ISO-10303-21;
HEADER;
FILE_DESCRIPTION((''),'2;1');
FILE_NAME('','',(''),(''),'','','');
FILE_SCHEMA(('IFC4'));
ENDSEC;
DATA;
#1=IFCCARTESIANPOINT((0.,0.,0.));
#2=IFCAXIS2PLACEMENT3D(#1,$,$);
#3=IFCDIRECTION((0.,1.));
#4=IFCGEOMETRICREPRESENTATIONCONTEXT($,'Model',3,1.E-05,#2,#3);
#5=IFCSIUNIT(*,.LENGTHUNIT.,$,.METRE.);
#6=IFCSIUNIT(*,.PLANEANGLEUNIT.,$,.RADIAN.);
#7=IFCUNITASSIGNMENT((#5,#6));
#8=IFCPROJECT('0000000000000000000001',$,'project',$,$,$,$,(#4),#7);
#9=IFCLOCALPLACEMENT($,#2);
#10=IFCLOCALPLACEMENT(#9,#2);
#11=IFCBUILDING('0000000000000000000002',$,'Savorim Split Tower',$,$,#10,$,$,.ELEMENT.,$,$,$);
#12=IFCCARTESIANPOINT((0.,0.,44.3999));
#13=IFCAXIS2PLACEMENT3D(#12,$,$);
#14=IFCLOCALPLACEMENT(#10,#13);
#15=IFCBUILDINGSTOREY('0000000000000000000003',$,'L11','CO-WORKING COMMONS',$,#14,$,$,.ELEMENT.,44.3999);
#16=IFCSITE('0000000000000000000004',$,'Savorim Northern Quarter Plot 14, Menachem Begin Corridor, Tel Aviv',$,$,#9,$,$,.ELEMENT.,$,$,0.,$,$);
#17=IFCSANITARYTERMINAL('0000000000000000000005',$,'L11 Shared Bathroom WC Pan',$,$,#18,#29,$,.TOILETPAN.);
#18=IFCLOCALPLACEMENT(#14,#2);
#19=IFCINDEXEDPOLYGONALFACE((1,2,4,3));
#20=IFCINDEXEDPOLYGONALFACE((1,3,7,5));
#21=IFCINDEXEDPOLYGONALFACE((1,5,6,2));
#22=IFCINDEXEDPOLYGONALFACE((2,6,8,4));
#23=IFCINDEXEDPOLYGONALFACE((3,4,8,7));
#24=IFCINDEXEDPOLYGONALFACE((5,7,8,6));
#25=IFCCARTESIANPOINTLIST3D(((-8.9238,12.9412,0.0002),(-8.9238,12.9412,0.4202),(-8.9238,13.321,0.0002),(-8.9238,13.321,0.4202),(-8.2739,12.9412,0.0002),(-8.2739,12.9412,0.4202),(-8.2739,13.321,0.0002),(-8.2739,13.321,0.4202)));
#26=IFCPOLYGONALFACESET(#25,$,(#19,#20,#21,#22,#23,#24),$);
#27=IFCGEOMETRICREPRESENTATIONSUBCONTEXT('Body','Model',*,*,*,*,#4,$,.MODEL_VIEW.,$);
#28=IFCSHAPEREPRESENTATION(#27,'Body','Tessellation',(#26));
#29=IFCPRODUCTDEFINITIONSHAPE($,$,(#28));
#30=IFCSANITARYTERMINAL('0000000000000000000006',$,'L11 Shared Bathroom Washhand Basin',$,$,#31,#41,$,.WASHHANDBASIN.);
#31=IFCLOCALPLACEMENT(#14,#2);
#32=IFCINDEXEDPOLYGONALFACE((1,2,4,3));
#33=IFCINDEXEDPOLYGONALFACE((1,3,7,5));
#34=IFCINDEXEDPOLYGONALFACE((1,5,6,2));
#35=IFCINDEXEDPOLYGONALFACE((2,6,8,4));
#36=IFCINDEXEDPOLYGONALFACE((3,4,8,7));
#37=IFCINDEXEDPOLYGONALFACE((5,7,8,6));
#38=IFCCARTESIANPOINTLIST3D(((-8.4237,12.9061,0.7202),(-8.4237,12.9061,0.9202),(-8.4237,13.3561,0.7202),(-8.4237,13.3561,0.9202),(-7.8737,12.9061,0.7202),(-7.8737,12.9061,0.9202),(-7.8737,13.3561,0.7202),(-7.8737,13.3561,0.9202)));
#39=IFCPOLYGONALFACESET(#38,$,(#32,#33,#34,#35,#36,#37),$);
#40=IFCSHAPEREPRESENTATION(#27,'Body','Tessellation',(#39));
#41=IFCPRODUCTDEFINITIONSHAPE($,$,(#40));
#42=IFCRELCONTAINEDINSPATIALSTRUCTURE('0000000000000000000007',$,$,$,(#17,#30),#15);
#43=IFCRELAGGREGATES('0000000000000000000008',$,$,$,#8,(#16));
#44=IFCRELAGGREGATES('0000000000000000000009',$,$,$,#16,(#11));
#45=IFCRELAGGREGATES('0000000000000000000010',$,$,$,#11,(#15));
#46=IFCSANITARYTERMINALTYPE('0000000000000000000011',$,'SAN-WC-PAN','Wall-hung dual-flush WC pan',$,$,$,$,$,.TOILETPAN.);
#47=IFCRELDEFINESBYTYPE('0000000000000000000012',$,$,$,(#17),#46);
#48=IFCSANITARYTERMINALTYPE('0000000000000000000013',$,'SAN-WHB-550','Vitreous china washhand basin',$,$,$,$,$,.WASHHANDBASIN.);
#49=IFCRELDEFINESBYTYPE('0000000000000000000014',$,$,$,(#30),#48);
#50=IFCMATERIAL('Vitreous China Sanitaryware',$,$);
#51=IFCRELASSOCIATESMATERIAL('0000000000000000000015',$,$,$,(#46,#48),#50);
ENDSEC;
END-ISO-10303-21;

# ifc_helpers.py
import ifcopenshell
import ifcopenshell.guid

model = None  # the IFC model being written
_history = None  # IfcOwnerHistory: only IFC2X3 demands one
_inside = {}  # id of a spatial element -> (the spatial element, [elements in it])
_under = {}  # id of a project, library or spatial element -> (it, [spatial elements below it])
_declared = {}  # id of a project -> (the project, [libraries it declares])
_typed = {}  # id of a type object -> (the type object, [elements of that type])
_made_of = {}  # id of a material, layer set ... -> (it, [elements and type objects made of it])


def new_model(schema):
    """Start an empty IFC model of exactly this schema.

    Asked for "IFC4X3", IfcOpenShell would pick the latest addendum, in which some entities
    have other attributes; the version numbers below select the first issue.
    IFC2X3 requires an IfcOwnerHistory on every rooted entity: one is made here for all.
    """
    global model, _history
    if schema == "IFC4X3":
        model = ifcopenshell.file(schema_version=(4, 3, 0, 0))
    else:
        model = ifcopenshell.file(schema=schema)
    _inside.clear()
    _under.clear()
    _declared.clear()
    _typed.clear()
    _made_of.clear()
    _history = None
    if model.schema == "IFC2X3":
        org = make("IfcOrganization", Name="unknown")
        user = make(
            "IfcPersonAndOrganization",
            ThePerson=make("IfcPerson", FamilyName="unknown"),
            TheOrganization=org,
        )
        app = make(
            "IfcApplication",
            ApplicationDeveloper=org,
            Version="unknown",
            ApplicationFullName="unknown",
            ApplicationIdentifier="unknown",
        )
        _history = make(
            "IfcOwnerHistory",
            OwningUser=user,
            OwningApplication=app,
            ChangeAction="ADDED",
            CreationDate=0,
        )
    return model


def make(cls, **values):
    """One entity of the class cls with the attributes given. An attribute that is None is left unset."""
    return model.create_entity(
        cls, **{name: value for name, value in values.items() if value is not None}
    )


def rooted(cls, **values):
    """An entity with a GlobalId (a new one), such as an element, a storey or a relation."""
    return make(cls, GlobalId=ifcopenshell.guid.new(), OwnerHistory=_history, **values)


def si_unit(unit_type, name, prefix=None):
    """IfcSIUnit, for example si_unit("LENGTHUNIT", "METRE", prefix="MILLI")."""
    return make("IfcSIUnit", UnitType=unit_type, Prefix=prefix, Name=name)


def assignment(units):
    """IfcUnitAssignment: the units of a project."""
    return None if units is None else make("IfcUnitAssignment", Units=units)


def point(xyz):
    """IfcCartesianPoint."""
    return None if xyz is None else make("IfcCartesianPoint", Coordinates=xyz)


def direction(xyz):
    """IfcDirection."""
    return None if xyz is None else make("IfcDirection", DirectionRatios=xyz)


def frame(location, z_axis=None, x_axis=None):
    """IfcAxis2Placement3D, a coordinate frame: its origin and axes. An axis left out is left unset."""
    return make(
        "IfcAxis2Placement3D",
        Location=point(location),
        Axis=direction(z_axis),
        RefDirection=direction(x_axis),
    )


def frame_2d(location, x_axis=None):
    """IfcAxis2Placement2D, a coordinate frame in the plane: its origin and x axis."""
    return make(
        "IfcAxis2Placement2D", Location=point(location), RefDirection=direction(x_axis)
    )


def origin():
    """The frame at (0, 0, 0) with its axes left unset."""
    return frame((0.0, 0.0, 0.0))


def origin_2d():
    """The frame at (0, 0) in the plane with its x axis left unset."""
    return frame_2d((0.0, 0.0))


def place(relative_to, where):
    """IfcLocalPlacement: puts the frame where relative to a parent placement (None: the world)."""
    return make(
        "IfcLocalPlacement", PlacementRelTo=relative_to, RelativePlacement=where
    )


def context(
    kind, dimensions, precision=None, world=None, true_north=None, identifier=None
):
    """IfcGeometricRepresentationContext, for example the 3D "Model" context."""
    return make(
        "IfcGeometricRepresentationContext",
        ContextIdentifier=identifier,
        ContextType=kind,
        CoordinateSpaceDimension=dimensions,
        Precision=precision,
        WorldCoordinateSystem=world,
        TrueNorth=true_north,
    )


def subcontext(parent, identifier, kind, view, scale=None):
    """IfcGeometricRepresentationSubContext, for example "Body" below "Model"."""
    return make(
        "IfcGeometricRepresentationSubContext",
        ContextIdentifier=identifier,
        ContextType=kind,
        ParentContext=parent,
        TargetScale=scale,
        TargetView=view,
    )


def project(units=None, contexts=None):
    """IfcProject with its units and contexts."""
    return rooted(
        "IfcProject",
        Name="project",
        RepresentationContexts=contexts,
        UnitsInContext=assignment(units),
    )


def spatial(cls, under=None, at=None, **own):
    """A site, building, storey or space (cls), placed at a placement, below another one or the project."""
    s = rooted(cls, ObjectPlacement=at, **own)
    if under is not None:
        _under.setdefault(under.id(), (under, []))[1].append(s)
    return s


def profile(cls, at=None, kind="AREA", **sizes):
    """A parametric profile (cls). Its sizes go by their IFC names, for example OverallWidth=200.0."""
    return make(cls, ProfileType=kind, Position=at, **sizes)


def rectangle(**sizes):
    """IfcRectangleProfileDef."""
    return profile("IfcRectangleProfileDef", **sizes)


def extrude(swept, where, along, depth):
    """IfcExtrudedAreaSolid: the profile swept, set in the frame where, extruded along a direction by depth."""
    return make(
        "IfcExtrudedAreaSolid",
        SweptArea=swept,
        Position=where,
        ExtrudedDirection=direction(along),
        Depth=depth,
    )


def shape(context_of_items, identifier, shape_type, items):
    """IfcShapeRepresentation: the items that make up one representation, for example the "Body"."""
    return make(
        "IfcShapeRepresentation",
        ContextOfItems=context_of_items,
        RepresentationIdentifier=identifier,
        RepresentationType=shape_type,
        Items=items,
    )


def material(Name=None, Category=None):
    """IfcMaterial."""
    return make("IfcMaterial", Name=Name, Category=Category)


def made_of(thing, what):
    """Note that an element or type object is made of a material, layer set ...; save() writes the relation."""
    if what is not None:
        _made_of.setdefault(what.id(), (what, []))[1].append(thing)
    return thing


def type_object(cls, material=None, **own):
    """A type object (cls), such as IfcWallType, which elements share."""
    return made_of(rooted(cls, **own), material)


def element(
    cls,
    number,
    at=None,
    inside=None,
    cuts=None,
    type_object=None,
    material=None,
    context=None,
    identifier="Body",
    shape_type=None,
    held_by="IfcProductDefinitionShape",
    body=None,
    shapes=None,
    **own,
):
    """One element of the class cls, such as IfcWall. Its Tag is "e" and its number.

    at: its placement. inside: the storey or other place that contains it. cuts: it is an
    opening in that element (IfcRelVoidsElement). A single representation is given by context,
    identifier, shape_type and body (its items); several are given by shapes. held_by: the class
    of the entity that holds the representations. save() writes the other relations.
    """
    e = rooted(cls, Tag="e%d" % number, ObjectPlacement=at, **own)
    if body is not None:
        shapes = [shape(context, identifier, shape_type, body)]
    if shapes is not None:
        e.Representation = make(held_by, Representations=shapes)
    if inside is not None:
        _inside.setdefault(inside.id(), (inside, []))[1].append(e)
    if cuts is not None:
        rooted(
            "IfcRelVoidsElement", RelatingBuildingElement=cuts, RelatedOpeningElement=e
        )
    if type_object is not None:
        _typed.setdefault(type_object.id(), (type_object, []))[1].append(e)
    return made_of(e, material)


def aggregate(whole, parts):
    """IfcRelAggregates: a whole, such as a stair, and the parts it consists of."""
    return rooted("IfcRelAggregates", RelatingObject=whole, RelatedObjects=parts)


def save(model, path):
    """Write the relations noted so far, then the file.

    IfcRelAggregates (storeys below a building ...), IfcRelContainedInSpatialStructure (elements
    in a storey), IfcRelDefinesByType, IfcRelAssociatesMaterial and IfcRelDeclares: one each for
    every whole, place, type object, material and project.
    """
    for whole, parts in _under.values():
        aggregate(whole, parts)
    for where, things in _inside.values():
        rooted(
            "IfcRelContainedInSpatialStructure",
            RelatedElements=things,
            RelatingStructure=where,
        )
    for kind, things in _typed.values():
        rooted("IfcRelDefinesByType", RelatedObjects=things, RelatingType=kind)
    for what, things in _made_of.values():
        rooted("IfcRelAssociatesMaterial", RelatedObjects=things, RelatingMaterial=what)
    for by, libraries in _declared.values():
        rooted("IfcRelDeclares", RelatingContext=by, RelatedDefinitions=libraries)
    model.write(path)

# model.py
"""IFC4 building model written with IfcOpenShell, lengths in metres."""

from ifc_helpers import new_model, si_unit, direction, frame, origin, origin_2d, place, context, subcontext, project, spatial, rectangle, extrude, material, type_object, element, save


model = new_model("IFC4")

# Units and contexts
model_context = context("Model", 3, precision=1e-05, world=origin(), true_north=direction((0.0, 1.0)))
body_context = subcontext(model_context, "Body", "Model", "MODEL_VIEW")
ifc_project = project(units=[si_unit("LENGTHUNIT", "METRE"), si_unit("PLANEANGLEUNIT", "RADIAN")], contexts=[model_context])

# Site, building, storey
site_placement = place(None, origin())
site = spatial("IfcSite", under=ifc_project, at=site_placement, Name="Savorim Northern Quarter Plot 14, Menachem Begin Corridor, Tel Aviv", CompositionType="ELEMENT", RefElevation=0.0)
building_placement = place(site_placement, origin())
building = spatial("IfcBuilding", under=site, at=building_placement, Name="Savorim Split Tower", CompositionType="ELEMENT")
storey_placement = place(building_placement, frame((0.0, 0.0, 44.3999)))
storey = spatial("IfcBuildingStorey", under=building, at=storey_placement, Name="L11", Description="CO-WORKING COMMONS", CompositionType="ELEMENT", Elevation=44.3999)

# Sanitary terminals
ifc_material_1 = material(Name="Vitreous China Sanitaryware")
sanitary_terminal_type_1 = type_object("IfcSanitaryTerminalType", Name="SAN-WC-PAN", Description="Wall-hung dual-flush WC pan", PredefinedType="TOILETPAN", material=ifc_material_1)
sanitary_terminal_1_placement = place(storey_placement, frame((-8.5989, 13.1311, 0.0002), z_axis=(0.0, 0.0, 1.0), x_axis=(1.0, 0.0, 0.0)))
element("IfcSanitaryTerminal", 1, at=sanitary_terminal_1_placement, inside=storey, type_object=sanitary_terminal_type_1, Name="L11 Shared Bathroom WC Pan", PredefinedType="TOILETPAN", context=body_context, shape_type="SweptSolid", body=[
    extrude(rectangle(XDim=0.6499, YDim=0.3799, at=origin_2d()), origin(), (0.0, 0.0, 1.0), 0.4199),
])
sanitary_terminal_type_2 = type_object("IfcSanitaryTerminalType", Name="SAN-WHB-550", Description="Vitreous china washhand basin", PredefinedType="WASHHANDBASIN", material=ifc_material_1)
sanitary_terminal_2_placement = place(storey_placement, frame((-8.1487, 13.1311, 0.7202), z_axis=(0.0, 0.0, 1.0), x_axis=(1.0, 0.0, 0.0)))
element("IfcSanitaryTerminal", 2, at=sanitary_terminal_2_placement, inside=storey, type_object=sanitary_terminal_type_2, Name="L11 Shared Bathroom Washhand Basin", PredefinedType="WASHHANDBASIN", context=body_context, shape_type="SweptSolid", body=[
    extrude(rectangle(XDim=0.55, YDim=0.45, at=origin_2d()), origin(), (0.0, 0.0, 1.0), 0.2),
])

save(model, "model.ifc")
